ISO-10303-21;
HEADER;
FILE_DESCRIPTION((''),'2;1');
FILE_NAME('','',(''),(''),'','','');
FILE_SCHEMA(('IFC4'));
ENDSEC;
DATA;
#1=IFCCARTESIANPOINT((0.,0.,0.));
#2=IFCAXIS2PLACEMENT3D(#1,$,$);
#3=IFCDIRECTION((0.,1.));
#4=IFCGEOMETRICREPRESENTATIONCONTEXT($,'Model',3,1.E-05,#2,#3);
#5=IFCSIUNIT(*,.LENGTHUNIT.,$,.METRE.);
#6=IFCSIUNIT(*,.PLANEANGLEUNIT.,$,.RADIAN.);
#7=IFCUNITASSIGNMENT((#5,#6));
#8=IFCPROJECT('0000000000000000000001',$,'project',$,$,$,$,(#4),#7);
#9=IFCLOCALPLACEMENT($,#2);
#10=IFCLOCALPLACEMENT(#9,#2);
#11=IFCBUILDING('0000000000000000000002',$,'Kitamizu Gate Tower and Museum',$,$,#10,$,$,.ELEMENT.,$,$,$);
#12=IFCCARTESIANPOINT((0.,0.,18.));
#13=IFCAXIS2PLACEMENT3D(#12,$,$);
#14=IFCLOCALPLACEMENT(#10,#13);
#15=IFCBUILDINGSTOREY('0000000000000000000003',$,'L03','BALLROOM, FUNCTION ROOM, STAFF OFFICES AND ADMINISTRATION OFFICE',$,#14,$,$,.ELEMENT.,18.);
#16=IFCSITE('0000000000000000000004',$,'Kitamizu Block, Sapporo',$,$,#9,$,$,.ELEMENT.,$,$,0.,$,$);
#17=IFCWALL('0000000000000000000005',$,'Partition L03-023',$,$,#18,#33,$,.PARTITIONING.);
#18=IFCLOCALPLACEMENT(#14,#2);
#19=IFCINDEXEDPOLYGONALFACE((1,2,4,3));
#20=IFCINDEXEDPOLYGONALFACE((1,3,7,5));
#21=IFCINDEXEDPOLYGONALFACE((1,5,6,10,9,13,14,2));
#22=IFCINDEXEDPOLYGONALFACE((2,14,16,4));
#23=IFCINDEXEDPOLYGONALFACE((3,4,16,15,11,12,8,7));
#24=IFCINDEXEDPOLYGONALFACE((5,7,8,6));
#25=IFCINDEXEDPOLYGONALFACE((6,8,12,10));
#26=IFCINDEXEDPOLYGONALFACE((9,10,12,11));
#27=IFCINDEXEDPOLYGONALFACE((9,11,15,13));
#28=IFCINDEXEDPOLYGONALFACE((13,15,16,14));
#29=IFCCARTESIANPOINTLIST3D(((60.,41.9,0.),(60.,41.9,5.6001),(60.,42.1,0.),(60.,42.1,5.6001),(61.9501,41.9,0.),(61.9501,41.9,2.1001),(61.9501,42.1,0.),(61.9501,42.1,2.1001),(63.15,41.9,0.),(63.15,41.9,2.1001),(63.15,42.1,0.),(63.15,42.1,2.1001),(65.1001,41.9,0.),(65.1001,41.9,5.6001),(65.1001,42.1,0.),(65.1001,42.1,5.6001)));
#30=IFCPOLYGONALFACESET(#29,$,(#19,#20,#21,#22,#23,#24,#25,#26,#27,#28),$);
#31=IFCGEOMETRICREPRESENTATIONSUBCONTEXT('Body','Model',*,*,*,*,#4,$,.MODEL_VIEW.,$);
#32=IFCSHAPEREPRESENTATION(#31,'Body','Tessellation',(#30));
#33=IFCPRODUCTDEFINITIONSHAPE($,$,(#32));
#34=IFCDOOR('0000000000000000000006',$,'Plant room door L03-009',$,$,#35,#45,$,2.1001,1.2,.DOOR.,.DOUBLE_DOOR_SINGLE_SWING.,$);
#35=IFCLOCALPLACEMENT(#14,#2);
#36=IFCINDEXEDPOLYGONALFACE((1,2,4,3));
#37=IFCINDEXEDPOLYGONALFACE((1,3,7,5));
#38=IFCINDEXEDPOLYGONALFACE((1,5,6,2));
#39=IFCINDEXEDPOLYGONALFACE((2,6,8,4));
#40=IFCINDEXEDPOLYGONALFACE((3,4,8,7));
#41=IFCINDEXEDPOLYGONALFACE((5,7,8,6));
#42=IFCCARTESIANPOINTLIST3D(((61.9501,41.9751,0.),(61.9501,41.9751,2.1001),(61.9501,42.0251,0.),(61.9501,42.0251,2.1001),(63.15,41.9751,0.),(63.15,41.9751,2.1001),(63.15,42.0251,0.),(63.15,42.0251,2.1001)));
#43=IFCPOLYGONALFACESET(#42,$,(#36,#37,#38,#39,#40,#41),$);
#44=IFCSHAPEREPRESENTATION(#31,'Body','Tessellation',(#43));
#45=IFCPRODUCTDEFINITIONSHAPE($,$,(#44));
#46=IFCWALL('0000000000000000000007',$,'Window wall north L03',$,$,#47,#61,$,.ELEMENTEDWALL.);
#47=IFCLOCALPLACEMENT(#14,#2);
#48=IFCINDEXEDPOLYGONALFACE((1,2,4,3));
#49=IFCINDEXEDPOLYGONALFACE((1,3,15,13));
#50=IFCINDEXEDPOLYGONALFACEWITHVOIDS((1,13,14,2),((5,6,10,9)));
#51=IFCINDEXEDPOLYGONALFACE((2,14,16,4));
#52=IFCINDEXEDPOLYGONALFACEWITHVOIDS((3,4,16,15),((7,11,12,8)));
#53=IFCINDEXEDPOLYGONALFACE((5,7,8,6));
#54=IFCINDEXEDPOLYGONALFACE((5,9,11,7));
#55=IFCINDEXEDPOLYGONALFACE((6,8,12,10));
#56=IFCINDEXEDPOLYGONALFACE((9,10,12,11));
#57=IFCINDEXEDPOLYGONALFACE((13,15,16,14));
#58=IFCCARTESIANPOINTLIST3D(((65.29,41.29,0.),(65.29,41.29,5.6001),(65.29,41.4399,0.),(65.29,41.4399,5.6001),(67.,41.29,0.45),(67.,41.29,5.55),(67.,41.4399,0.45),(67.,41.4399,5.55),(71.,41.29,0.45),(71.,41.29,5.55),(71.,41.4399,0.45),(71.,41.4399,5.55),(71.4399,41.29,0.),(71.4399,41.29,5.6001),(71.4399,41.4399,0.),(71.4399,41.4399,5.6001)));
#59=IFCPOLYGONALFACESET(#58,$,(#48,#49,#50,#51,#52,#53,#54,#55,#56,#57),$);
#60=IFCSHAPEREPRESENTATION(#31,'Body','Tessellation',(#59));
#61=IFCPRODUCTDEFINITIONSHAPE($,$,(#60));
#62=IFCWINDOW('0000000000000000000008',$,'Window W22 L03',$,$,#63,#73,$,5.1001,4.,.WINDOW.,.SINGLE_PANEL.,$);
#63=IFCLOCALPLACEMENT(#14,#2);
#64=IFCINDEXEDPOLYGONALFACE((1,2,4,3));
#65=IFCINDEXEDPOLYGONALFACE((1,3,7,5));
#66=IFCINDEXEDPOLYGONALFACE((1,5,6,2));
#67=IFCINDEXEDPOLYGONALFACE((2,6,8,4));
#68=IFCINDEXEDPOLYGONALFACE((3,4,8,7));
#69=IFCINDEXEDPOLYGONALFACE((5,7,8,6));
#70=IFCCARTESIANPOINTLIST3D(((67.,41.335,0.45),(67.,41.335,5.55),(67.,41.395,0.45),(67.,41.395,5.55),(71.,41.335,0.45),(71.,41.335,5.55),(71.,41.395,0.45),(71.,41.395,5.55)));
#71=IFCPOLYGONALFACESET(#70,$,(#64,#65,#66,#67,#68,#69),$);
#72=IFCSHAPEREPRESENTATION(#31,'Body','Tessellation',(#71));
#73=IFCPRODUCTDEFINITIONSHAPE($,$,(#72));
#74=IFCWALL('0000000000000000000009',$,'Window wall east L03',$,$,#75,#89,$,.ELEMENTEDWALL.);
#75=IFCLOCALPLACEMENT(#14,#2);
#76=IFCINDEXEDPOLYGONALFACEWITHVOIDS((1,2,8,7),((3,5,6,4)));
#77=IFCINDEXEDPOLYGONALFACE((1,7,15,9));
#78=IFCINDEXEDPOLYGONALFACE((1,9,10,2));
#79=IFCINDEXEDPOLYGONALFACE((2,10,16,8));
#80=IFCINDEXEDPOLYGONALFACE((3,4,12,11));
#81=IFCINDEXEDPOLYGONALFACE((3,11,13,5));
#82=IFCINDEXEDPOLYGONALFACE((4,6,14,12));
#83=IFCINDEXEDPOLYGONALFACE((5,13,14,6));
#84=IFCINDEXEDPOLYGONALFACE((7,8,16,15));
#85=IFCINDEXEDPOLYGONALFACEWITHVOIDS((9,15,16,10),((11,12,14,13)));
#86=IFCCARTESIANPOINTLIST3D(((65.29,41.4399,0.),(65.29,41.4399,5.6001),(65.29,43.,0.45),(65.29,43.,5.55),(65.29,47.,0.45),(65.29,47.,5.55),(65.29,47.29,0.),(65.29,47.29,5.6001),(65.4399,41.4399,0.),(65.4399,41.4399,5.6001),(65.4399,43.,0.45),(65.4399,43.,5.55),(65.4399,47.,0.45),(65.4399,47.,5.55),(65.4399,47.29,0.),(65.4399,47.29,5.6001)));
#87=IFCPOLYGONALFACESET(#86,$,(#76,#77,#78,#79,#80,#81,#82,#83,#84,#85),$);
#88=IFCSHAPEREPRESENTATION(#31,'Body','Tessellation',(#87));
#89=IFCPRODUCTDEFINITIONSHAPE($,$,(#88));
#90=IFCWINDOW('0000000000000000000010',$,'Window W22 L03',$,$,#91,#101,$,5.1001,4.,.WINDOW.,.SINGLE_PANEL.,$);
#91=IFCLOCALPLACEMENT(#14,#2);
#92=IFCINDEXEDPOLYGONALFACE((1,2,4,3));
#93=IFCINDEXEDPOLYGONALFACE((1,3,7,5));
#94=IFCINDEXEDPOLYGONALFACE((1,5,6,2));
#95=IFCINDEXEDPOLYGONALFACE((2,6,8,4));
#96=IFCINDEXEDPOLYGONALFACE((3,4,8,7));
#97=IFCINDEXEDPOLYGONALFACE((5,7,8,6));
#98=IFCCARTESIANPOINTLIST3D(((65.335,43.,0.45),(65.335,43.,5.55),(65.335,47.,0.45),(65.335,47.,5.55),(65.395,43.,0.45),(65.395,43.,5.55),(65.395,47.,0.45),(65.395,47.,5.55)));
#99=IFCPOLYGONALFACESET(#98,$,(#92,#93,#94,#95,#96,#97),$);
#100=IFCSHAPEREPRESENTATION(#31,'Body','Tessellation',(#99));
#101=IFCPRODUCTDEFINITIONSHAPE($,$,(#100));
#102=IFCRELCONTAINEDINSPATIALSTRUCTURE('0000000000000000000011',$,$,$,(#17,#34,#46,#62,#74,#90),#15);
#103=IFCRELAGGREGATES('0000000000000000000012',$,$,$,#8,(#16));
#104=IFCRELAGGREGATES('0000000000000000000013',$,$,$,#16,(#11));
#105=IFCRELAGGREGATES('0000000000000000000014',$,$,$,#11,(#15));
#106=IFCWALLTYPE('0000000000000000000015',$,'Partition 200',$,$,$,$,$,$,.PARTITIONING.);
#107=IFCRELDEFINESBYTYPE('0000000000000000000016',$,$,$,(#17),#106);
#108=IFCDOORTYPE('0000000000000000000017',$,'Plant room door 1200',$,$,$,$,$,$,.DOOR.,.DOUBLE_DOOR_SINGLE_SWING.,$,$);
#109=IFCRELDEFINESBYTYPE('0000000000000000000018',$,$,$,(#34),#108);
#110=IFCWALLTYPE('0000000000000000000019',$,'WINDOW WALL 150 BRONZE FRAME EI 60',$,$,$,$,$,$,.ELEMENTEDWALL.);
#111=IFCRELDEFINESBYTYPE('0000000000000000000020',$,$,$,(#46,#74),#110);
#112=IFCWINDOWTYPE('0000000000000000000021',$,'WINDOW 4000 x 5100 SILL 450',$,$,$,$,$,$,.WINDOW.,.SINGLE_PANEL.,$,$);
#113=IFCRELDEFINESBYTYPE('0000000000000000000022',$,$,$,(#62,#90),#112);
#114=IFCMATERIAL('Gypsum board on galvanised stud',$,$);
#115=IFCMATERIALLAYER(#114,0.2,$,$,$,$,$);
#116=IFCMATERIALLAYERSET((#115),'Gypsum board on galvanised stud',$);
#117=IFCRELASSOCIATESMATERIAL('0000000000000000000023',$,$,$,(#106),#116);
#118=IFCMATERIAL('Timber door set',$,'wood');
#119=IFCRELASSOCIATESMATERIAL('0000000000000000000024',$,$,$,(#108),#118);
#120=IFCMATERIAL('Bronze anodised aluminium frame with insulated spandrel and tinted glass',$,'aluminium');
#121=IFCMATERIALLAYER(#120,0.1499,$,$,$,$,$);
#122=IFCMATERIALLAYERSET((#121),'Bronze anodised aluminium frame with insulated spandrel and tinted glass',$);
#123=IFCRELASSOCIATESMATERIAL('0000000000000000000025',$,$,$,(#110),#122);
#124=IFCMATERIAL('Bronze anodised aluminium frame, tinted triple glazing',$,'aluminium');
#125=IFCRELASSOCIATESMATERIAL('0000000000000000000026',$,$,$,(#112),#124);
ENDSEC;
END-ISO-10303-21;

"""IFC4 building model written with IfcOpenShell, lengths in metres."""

from ifc_helpers import new_model, si_unit, direction, frame, frame_2d, origin, place, context, subcontext, project, spatial, rectangle, extrude, material, layer, layer_set, type_object, element, fill, save


model = new_model("IFC4")

# Units and contexts
model_context = context("Model", 3, precision=1e-05, world=origin(), true_north=direction((0.0, 1.0)))
body_context = subcontext(model_context, "Body", "Model", "MODEL_VIEW")
ifc_project = project(units=[si_unit("LENGTHUNIT", "METRE"), si_unit("PLANEANGLEUNIT", "RADIAN")], contexts=[model_context])

# Site, building, storey
site_placement = place(None, origin())
site = spatial("IfcSite", under=ifc_project, at=site_placement, Name="Kitamizu Block, Sapporo", CompositionType="ELEMENT", RefElevation=0.0)
building_placement = place(site_placement, origin())
building = spatial("IfcBuilding", under=site, at=building_placement, Name="Kitamizu Gate Tower and Museum", CompositionType="ELEMENT")
storey_placement = place(building_placement, frame((0.0, 0.0, 18.0)))
storey = spatial("IfcBuildingStorey", under=building, at=storey_placement, Name="L03", Description="BALLROOM, FUNCTION ROOM, STAFF OFFICES AND ADMINISTRATION OFFICE", CompositionType="ELEMENT", Elevation=18.0)

# Wall, opening, door
ifc_material_1 = material(Name="Gypsum board on galvanised stud")
ifc_layer_1 = layer(ifc_material_1, 0.2)
ifc_layer_set_1 = layer_set([ifc_layer_1], Name="Gypsum board on galvanised stud")
wall_type_1 = type_object("IfcWallType", Name="Partition 200", PredefinedType="PARTITIONING", material=ifc_layer_set_1)
wall_1_placement = place(storey_placement, frame((65.1001, 42.0, 0.0), z_axis=(0.0, 0.0, 1.0), x_axis=(-1.0, 0.0, 0.0)))
wall_1 = element("IfcWall", 1, at=wall_1_placement, inside=storey, type_object=wall_type_1, Name="Partition L03-023", PredefinedType="PARTITIONING", context=body_context, shape_type="SweptSolid", body=[
    extrude(rectangle(XDim=5.1001, YDim=0.2, at=frame_2d((2.55, 0.0))), origin(), (0.0, 0.0, 1.0), 5.6001),
])
opening_1_placement = place(wall_1_placement, frame((1.95, 0.0, 0.0)))
opening_1 = element("IfcOpeningElement", 2, at=opening_1_placement, cuts=wall_1, PredefinedType="OPENING", context=body_context, shape_type="SweptSolid", body=[
    extrude(rectangle(XDim=1.2, YDim=2.1001, at=frame_2d((0.6001, 1.05))), frame((0.0, 0.1099, 0.0), z_axis=(0.0, -1.0, 0.0), x_axis=(1.0, 0.0, 0.0)), (0.0, 0.0, 1.0), 0.22),
])
ifc_material_2 = material(Name="Timber door set", Category="wood")
door_type = type_object("IfcDoorType", Name="Plant room door 1200", OperationType="DOUBLE_DOOR_SINGLE_SWING", PredefinedType="DOOR", material=ifc_material_2)
door_placement = place(opening_1_placement, origin())
door = element("IfcDoor", 3, at=door_placement, inside=storey, type_object=door_type, Name="Plant room door L03-009", OperationType="DOUBLE_DOOR_SINGLE_SWING", OverallHeight=2.1001, OverallWidth=1.2, PredefinedType="DOOR", context=body_context, shape_type="SweptSolid", body=[
    extrude(rectangle(XDim=1.2, YDim=2.1001, at=frame_2d((0.6001, 1.05))), frame((0.0, 0.0249, 0.0), z_axis=(0.0, -1.0, 0.0), x_axis=(1.0, 0.0, 0.0)), (0.0, 0.0, 1.0), 0.05),
])
fill(opening_1, door)

# Walls, openings, windows
ifc_material_3 = material(Name="Bronze anodised aluminium frame with insulated spandrel and tinted glass", Category="aluminium")
ifc_layer_2 = layer(ifc_material_3, 0.1499)
ifc_layer_set_2 = layer_set([ifc_layer_2], Name="Bronze anodised aluminium frame with insulated spandrel and tinted glass")
wall_type_2 = type_object("IfcWallType", Name="WINDOW WALL 150 BRONZE FRAME EI 60", PredefinedType="ELEMENTEDWALL", material=ifc_layer_set_2)
wall_2_placement = place(storey_placement, frame((65.29, 41.365, 0.0), z_axis=(0.0, 0.0, 1.0), x_axis=(1.0, 0.0, 0.0)))
wall_2 = element("IfcWall", 4, at=wall_2_placement, inside=storey, type_object=wall_type_2, Name="Window wall north L03", PredefinedType="ELEMENTEDWALL", context=body_context, shape_type="SweptSolid", body=[
    extrude(rectangle(XDim=6.1499, YDim=0.1499, at=frame_2d((3.075, 0.0))), origin(), (0.0, 0.0, 1.0), 5.6001),
])
opening_2_placement = place(wall_2_placement, frame((1.71, 0.0, 0.45)))
opening_2 = element("IfcOpeningElement", 5, at=opening_2_placement, cuts=wall_2, PredefinedType="OPENING", context=body_context, shape_type="SweptSolid", body=[
    extrude(rectangle(XDim=4.0, YDim=5.1001, at=frame_2d((2.0, 2.55))), frame((0.0, 0.085, 0.0), z_axis=(0.0, -1.0, 0.0), x_axis=(1.0, 0.0, 0.0)), (0.0, 0.0, 1.0), 0.1699),
])
ifc_material_4 = material(Name="Bronze anodised aluminium frame, tinted triple glazing", Category="aluminium")
window_type = type_object("IfcWindowType", Name="WINDOW 4000 x 5100 SILL 450", PartitioningType="SINGLE_PANEL", PredefinedType="WINDOW", material=ifc_material_4)
window_1_placement = place(opening_2_placement, origin())
window_1 = element("IfcWindow", 6, at=window_1_placement, inside=storey, type_object=window_type, Name="Window W22 L03", OverallHeight=5.1001, OverallWidth=4.0, PartitioningType="SINGLE_PANEL", PredefinedType="WINDOW", context=body_context, shape_type="SweptSolid", body=[
    extrude(rectangle(XDim=4.0, YDim=5.1001, at=frame_2d((2.0, 2.55))), frame((0.0, 0.03, 0.0), z_axis=(0.0, -1.0, 0.0), x_axis=(1.0, 0.0, 0.0)), (0.0, 0.0, 1.0), 0.0601),
])
fill(opening_2, window_1)
wall_3_placement = place(storey_placement, frame((65.365, 41.4399, 0.0), z_axis=(0.0, 0.0, 1.0), x_axis=(0.0, 1.0, 0.0)))
wall_3 = element("IfcWall", 7, at=wall_3_placement, inside=storey, type_object=wall_type_2, Name="Window wall east L03", PredefinedType="ELEMENTEDWALL", context=body_context, shape_type="SweptSolid", body=[
    extrude(rectangle(XDim=5.8501, YDim=0.1499, at=frame_2d((2.925, 0.0))), origin(), (0.0, 0.0, 1.0), 5.6001),
])
opening_3_placement = place(wall_3_placement, frame((1.5601, 0.0, 0.45)))
opening_3 = element("IfcOpeningElement", 8, at=opening_3_placement, cuts=wall_3, PredefinedType="OPENING", context=body_context, shape_type="SweptSolid", body=[
    extrude(rectangle(XDim=4.0, YDim=5.1001, at=frame_2d((2.0, 2.55))), frame((0.0, 0.085, 0.0), z_axis=(0.0, -1.0, 0.0), x_axis=(1.0, 0.0, 0.0)), (0.0, 0.0, 1.0), 0.1699),
])
window_2_placement = place(opening_3_placement, origin())
window_2 = element("IfcWindow", 9, at=window_2_placement, inside=storey, type_object=window_type, Name="Window W22 L03", OverallHeight=5.1001, OverallWidth=4.0, PartitioningType="SINGLE_PANEL", PredefinedType="WINDOW", context=body_context, shape_type="SweptSolid", body=[
    extrude(rectangle(XDim=4.0, YDim=5.1001, at=frame_2d((2.0, 2.55))), frame((0.0, 0.03, 0.0), z_axis=(0.0, -1.0, 0.0), x_axis=(1.0, 0.0, 0.0)), (0.0, 0.0, 1.0), 0.0601),
])
fill(opening_3, window_2)

save(model, "model.ifc")
